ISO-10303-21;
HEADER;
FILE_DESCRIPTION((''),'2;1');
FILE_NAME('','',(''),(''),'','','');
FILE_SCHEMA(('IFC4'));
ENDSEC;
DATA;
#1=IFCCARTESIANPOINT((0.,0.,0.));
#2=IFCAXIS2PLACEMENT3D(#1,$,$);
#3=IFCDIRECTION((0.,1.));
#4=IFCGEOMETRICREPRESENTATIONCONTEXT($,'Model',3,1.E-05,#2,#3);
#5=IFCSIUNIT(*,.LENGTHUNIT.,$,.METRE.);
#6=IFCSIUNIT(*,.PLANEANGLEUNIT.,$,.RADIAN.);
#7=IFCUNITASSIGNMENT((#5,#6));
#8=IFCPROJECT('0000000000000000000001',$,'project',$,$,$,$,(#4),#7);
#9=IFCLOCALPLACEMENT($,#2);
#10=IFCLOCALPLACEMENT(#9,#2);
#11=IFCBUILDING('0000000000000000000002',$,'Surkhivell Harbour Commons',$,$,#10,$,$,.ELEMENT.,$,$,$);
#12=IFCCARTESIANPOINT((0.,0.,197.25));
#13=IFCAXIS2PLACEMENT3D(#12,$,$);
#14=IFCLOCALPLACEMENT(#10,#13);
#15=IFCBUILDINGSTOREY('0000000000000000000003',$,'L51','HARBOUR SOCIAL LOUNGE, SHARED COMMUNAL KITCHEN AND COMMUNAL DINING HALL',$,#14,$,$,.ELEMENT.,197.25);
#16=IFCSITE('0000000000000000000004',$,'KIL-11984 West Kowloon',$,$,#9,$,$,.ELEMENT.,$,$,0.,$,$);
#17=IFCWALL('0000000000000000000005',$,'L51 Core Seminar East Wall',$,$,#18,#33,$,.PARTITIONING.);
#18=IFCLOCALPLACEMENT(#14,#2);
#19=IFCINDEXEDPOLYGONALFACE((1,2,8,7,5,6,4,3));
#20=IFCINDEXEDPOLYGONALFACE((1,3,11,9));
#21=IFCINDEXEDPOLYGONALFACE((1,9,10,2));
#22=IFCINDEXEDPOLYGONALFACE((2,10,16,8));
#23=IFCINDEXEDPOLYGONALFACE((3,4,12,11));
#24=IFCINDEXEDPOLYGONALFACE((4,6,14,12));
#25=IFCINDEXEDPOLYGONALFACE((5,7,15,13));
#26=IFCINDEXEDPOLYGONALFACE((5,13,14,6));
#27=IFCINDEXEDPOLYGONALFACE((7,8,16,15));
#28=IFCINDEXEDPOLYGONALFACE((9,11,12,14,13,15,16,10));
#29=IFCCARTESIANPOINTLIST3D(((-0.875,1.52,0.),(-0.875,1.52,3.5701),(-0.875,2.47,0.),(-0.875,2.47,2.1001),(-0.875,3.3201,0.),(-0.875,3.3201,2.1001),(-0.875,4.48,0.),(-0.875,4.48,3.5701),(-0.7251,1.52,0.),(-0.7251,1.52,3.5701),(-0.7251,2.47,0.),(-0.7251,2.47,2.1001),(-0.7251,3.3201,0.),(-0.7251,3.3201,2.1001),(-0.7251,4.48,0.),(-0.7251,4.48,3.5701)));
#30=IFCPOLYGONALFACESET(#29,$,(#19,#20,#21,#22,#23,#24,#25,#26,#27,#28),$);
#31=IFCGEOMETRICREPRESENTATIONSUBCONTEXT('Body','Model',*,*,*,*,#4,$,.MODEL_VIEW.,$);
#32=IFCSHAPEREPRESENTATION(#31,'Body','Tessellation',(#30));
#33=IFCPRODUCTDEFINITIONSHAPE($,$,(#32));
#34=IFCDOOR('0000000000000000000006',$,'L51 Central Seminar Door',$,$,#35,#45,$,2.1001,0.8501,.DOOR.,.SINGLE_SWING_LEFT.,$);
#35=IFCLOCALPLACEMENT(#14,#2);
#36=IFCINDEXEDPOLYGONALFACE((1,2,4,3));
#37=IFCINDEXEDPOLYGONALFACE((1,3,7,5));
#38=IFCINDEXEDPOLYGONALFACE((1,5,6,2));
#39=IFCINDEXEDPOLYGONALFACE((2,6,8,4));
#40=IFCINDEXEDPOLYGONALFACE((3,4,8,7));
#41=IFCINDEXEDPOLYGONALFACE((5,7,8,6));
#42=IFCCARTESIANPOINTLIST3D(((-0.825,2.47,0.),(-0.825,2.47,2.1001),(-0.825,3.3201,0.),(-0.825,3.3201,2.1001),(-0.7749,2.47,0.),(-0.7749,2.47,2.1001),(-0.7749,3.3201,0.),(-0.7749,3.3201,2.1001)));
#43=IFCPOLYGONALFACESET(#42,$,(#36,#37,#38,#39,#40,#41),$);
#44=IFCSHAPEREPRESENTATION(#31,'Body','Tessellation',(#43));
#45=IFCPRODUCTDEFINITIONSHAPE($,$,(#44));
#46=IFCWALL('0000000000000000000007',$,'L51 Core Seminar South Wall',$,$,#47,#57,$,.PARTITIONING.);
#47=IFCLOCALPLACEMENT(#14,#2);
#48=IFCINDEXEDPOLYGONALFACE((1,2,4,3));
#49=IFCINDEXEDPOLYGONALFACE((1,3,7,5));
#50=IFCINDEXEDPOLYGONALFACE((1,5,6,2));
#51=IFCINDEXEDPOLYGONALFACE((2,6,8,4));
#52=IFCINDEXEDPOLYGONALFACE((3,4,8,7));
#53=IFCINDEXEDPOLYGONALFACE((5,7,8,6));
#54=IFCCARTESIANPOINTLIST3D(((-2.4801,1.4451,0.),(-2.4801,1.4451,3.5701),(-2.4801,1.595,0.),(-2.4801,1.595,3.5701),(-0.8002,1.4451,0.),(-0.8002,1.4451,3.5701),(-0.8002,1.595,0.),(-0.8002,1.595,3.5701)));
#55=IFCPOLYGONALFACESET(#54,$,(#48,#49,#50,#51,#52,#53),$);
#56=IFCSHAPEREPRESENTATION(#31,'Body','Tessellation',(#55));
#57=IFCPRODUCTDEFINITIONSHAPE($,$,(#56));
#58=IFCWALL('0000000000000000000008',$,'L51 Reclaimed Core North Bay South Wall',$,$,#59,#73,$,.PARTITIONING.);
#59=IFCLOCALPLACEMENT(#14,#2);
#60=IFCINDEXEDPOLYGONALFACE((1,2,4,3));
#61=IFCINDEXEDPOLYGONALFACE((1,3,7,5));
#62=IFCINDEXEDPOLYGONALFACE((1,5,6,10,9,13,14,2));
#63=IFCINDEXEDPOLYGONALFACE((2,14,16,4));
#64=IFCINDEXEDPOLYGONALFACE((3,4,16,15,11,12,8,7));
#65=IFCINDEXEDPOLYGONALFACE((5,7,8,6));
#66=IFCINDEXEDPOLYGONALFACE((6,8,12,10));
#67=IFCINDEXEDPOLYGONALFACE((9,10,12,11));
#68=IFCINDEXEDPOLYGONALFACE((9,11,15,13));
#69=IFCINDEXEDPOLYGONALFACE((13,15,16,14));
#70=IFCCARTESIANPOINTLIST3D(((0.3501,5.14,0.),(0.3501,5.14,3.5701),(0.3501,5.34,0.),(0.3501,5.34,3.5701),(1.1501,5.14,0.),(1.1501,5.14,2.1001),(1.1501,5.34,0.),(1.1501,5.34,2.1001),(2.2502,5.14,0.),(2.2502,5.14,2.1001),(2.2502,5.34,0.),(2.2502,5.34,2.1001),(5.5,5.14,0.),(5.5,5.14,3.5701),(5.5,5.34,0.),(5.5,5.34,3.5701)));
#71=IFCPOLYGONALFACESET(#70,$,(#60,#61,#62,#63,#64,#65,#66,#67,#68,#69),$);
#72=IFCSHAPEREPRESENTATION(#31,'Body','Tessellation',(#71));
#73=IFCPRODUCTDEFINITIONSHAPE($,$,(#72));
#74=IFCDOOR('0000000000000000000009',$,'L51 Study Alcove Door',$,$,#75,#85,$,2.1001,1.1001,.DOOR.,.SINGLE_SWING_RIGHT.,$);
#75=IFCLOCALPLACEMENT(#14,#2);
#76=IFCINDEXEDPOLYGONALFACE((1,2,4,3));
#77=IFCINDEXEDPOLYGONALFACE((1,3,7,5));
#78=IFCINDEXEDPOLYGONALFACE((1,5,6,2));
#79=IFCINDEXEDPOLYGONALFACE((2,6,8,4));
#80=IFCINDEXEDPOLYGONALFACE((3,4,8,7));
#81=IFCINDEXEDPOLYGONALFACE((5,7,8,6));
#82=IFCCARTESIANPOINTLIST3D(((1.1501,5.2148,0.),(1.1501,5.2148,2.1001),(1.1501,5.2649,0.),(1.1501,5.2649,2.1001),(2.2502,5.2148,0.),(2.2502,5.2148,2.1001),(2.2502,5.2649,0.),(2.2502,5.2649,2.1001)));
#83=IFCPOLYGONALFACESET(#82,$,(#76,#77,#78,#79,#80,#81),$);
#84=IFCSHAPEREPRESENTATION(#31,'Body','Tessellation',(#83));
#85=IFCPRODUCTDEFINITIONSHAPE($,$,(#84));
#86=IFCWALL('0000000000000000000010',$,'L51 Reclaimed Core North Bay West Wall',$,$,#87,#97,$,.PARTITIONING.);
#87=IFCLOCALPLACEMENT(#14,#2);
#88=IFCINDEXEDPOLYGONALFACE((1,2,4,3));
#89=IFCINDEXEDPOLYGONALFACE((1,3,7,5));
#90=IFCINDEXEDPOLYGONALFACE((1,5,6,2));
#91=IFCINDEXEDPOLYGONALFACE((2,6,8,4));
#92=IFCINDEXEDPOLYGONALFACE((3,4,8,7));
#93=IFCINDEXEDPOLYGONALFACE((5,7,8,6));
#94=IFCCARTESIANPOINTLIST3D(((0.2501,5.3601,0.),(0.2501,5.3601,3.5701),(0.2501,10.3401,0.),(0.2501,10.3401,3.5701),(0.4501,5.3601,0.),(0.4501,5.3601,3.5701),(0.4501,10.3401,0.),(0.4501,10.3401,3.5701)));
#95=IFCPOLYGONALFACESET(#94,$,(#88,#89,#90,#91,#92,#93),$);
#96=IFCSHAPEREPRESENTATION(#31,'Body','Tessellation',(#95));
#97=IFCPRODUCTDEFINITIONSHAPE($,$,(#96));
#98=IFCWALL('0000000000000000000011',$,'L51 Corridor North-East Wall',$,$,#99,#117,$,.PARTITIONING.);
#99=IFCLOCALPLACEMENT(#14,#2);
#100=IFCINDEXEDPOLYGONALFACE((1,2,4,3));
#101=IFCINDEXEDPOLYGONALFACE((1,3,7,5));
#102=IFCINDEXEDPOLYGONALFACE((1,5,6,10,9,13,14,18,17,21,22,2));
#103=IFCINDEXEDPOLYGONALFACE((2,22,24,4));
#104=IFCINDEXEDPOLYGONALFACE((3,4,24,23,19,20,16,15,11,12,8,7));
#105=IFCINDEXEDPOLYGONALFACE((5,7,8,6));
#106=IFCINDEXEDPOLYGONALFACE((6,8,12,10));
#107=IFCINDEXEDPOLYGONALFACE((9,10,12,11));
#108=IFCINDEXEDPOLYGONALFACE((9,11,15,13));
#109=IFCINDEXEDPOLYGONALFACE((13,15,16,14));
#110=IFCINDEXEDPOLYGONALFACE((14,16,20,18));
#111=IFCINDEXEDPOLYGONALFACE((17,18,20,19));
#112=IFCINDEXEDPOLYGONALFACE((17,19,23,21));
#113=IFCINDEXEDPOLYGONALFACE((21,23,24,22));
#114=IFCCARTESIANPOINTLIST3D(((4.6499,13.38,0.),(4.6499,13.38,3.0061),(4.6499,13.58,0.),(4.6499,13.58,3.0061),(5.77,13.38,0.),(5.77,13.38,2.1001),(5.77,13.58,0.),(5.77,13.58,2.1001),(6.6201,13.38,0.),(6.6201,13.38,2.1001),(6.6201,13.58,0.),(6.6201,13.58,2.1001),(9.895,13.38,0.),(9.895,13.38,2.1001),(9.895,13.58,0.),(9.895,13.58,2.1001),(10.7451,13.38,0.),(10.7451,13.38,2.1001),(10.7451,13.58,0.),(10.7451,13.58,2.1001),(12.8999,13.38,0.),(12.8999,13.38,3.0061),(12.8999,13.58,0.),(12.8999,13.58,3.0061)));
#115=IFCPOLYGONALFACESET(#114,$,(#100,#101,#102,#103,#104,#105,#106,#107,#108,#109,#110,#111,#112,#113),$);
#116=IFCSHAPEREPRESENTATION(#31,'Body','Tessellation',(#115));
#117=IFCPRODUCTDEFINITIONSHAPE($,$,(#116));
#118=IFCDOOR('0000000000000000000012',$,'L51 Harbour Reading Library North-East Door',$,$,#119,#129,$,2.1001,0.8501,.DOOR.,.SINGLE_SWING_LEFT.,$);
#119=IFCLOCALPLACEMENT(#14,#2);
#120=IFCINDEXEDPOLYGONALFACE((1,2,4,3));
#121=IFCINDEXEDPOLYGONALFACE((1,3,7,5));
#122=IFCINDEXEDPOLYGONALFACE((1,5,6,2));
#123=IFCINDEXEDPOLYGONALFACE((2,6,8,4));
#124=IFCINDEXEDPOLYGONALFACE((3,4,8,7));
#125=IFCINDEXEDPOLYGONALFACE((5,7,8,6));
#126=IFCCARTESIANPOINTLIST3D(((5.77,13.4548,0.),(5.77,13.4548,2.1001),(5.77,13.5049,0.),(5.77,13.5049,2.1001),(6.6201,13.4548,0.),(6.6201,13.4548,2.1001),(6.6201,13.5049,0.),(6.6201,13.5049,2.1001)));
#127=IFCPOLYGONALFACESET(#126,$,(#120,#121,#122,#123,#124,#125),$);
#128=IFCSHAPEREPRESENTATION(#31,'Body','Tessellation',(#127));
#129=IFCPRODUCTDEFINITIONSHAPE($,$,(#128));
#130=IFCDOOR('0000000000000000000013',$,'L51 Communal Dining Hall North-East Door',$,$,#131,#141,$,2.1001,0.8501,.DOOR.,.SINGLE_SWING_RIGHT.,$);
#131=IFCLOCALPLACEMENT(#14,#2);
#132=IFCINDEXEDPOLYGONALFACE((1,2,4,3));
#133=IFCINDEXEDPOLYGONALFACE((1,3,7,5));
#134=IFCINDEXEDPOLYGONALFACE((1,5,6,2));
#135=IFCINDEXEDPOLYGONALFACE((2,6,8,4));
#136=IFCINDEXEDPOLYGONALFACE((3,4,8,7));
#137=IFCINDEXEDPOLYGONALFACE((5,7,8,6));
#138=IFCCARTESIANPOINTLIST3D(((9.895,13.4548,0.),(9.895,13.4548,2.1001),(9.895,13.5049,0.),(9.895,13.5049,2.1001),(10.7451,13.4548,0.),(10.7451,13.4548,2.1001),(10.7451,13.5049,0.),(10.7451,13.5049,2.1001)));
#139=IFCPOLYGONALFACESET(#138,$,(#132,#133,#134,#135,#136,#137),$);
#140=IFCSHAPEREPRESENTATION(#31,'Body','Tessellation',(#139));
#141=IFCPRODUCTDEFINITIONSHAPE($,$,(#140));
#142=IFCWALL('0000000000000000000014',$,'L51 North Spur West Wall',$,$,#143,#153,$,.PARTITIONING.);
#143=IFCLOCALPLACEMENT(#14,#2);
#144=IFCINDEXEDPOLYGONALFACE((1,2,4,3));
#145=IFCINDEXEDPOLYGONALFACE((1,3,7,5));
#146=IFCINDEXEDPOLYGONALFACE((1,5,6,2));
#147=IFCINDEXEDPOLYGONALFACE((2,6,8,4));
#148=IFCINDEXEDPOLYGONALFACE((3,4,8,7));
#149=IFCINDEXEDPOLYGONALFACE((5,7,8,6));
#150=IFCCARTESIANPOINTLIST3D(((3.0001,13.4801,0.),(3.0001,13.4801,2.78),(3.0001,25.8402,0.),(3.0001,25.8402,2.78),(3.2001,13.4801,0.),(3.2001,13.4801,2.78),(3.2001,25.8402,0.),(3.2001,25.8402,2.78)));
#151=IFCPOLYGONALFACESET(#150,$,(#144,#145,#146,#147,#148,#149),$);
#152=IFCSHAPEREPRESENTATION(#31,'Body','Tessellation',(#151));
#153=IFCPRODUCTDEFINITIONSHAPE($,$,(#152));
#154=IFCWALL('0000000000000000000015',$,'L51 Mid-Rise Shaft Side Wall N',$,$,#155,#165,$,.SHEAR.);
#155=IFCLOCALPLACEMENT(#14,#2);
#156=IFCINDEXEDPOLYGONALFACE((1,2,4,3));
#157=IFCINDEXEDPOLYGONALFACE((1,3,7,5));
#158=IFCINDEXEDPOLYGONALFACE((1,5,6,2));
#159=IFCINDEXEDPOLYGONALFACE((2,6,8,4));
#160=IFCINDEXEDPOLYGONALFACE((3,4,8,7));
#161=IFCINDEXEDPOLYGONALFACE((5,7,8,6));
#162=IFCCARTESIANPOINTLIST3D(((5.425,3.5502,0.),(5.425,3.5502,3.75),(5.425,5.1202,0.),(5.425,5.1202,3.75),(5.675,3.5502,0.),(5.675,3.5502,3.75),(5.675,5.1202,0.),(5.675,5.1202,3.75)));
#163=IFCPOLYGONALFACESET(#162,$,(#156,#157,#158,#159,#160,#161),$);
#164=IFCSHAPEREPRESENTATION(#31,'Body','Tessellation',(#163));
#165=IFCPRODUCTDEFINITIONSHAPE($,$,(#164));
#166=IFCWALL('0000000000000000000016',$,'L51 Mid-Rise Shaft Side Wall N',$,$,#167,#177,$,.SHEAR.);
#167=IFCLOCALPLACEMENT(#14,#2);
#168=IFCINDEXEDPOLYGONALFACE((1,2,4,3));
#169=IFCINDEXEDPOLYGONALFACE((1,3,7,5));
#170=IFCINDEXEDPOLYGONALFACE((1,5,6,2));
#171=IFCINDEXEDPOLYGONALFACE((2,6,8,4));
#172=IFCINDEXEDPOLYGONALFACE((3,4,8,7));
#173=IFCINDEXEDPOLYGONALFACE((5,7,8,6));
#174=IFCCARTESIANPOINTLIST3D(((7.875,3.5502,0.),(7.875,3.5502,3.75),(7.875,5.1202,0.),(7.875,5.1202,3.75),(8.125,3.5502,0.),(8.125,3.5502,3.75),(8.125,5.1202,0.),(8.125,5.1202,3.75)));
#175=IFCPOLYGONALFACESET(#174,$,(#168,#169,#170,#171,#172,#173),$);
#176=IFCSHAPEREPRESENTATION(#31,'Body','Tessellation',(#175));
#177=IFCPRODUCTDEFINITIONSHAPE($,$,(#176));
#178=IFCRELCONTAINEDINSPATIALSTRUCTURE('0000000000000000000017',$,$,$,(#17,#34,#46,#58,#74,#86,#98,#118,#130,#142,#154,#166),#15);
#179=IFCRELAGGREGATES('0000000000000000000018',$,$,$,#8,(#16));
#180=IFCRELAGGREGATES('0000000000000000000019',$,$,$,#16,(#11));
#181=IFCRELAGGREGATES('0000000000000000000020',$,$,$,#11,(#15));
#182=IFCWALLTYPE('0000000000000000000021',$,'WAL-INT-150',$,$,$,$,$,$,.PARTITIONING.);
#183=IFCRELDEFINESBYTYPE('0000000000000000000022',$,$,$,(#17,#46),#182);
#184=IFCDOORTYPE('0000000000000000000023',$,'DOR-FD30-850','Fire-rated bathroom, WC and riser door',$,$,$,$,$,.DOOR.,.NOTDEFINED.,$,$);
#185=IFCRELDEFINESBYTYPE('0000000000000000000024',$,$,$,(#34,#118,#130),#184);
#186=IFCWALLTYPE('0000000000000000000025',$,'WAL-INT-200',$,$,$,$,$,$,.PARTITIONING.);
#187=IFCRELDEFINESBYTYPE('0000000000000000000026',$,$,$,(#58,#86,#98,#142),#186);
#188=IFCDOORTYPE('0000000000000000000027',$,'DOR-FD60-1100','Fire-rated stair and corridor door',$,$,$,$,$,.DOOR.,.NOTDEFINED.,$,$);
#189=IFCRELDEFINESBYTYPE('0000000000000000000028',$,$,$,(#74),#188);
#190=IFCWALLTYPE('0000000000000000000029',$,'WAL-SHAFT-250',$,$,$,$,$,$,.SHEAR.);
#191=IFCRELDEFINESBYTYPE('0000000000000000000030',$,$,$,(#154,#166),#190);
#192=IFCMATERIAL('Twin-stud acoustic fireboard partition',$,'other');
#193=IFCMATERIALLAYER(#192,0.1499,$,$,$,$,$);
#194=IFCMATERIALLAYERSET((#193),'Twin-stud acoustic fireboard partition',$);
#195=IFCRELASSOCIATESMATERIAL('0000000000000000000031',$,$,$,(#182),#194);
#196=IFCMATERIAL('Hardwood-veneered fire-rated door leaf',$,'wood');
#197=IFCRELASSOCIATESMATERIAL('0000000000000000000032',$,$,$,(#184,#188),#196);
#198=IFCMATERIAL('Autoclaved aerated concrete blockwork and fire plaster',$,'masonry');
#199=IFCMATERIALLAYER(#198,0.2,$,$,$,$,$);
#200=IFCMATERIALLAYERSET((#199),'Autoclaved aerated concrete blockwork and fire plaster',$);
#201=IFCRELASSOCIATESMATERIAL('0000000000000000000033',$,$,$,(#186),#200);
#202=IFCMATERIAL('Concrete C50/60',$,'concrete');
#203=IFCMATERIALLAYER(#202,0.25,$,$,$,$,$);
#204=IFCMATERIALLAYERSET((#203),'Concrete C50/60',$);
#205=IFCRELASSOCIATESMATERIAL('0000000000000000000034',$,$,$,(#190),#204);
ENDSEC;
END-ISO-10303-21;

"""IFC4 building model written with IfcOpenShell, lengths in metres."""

from ifc_helpers import new_model, si_unit, direction, frame, frame_2d, origin, place, context, subcontext, project, spatial, rectangle, extrude, material, layer, layer_set, type_object, element, fill, save


model = new_model("IFC4")

# Units and contexts
model_context = context("Model", 3, precision=1e-05, world=origin(), true_north=direction((0.0, 1.0)))
body_context = subcontext(model_context, "Body", "Model", "MODEL_VIEW")
ifc_project = project(units=[si_unit("LENGTHUNIT", "METRE"), si_unit("PLANEANGLEUNIT", "RADIAN")], contexts=[model_context])

# Site, building, storey
site_placement = place(None, origin())
site = spatial("IfcSite", under=ifc_project, at=site_placement, Name="KIL-11984 West Kowloon", CompositionType="ELEMENT", RefElevation=0.0)
building_placement = place(site_placement, origin())
building = spatial("IfcBuilding", under=site, at=building_placement, Name="Surkhivell Harbour Commons", CompositionType="ELEMENT")
storey_placement = place(building_placement, frame((0.0, 0.0, 197.25)))
storey = spatial("IfcBuildingStorey", under=building, at=storey_placement, Name="L51", Description="HARBOUR SOCIAL LOUNGE, SHARED COMMUNAL KITCHEN AND COMMUNAL DINING HALL", CompositionType="ELEMENT", Elevation=197.25)

# Shared definitions
ifc_material_1 = material(Name="Twin-stud acoustic fireboard partition", Category="other")
ifc_layer_1 = layer(ifc_material_1, 0.1499)
ifc_layer_set_1 = layer_set([ifc_layer_1], Name="Twin-stud acoustic fireboard partition")
wall_type_1 = type_object("IfcWallType", Name="WAL-INT-150", PredefinedType="PARTITIONING", material=ifc_layer_set_1)

# Wall, opening, door
ifc_material_2 = material(Name="Hardwood-veneered fire-rated door leaf", Category="wood")
door_type_1 = type_object("IfcDoorType", Name="DOR-FD30-850", Description="Fire-rated bathroom, WC and riser door", OperationType="NOTDEFINED", PredefinedType="DOOR", material=ifc_material_2)
wall_1_placement = place(storey_placement, frame((-0.8, 1.52, 0.0), z_axis=(0.0, 0.0, 1.0), x_axis=(0.0, 1.0, 0.0)))
wall_1 = element("IfcWall", 1, at=wall_1_placement, inside=storey, type_object=wall_type_1, Name="L51 Core Seminar East Wall", PredefinedType="PARTITIONING", context=body_context, shape_type="SweptSolid", body=[
    extrude(rectangle(XDim=2.96, YDim=0.1499, at=frame_2d((1.48, 0.0))), origin(), (0.0, 0.0, 1.0), 3.5701),
])
opening_1_placement = place(wall_1_placement, frame((0.95, 0.0, 0.0)))
opening_1 = element("IfcOpeningElement", 2, at=opening_1_placement, cuts=wall_1, PredefinedType="OPENING", context=body_context, shape_type="SweptSolid", body=[
    extrude(rectangle(XDim=0.8501, YDim=2.1001, at=frame_2d((0.425, 1.05))), frame((0.0, 0.085, 0.0), z_axis=(0.0, -1.0, 0.0), x_axis=(1.0, 0.0, 0.0)), (0.0, 0.0, 1.0), 0.1699),
])
door_1_placement = place(opening_1_placement, origin())
door_1 = element("IfcDoor", 3, at=door_1_placement, inside=storey, type_object=door_type_1, Name="L51 Central Seminar Door", OperationType="SINGLE_SWING_LEFT", OverallHeight=2.1001, OverallWidth=0.8501, PredefinedType="DOOR", context=body_context, shape_type="SweptSolid", body=[
    extrude(rectangle(XDim=0.8501, YDim=2.1001, at=frame_2d((0.425, 1.05))), frame((0.0, 0.0249, 0.0), z_axis=(0.0, -1.0, 0.0), x_axis=(1.0, 0.0, 0.0)), (0.0, 0.0, 1.0), 0.05),
])
fill(opening_1, door_1)

# Wall
wall_2_placement = place(storey_placement, frame((-2.48, 1.52, 0.0), z_axis=(0.0, 0.0, 1.0), x_axis=(1.0, 0.0, 0.0)))
element("IfcWall", 4, at=wall_2_placement, inside=storey, type_object=wall_type_1, Name="L51 Core Seminar South Wall", PredefinedType="PARTITIONING", context=body_context, shape_type="SweptSolid", body=[
    extrude(rectangle(XDim=1.6799, YDim=0.1499, at=frame_2d((0.8398, 0.0))), origin(), (0.0, 0.0, 1.0), 3.5701),
])

# Wall, opening, door
ifc_material_3 = material(Name="Autoclaved aerated concrete blockwork and fire plaster", Category="masonry")
ifc_layer_2 = layer(ifc_material_3, 0.2)
ifc_layer_set_2 = layer_set([ifc_layer_2], Name="Autoclaved aerated concrete blockwork and fire plaster")
wall_type_2 = type_object("IfcWallType", Name="WAL-INT-200", PredefinedType="PARTITIONING", material=ifc_layer_set_2)
wall_3_placement = place(storey_placement, frame((0.3501, 5.24, 0.0), z_axis=(0.0, 0.0, 1.0), x_axis=(1.0, 0.0, 0.0)))
wall_3 = element("IfcWall", 5, at=wall_3_placement, inside=storey, type_object=wall_type_2, Name="L51 Reclaimed Core North Bay South Wall", PredefinedType="PARTITIONING", context=body_context, shape_type="SweptSolid", body=[
    extrude(rectangle(XDim=5.1499, YDim=0.2, at=frame_2d((2.575, 0.0))), origin(), (0.0, 0.0, 1.0), 3.5701),
])
opening_2_placement = place(wall_3_placement, frame((0.8, 0.0, 0.0)))
opening_2 = element("IfcOpeningElement", 6, at=opening_2_placement, cuts=wall_3, PredefinedType="OPENING", context=body_context, shape_type="SweptSolid", body=[
    extrude(rectangle(XDim=1.1001, YDim=2.1001, at=frame_2d((0.55, 1.05))), frame((0.0, 0.1099, 0.0), z_axis=(0.0, -1.0, 0.0), x_axis=(1.0, 0.0, 0.0)), (0.0, 0.0, 1.0), 0.22),
])
door_type_2 = type_object("IfcDoorType", Name="DOR-FD60-1100", Description="Fire-rated stair and corridor door", OperationType="NOTDEFINED", PredefinedType="DOOR", material=ifc_material_2)
door_2_placement = place(opening_2_placement, origin())
door_2 = element("IfcDoor", 7, at=door_2_placement, inside=storey, type_object=door_type_2, Name="L51 Study Alcove Door", OperationType="SINGLE_SWING_RIGHT", OverallHeight=2.1001, OverallWidth=1.1001, PredefinedType="DOOR", context=body_context, shape_type="SweptSolid", body=[
    extrude(rectangle(XDim=1.1001, YDim=2.1001, at=frame_2d((0.55, 1.05))), frame((0.0, 0.0249, 0.0), z_axis=(0.0, -1.0, 0.0), x_axis=(1.0, 0.0, 0.0)), (0.0, 0.0, 1.0), 0.05),
])
fill(opening_2, door_2)

# Wall
wall_4_placement = place(storey_placement, frame((0.3501, 5.3601, 0.0), z_axis=(0.0, 0.0, 1.0), x_axis=(0.0, 1.0, 0.0)))
element("IfcWall", 8, at=wall_4_placement, inside=storey, type_object=wall_type_2, Name="L51 Reclaimed Core North Bay West Wall", PredefinedType="PARTITIONING", context=body_context, shape_type="SweptSolid", body=[
    extrude(rectangle(XDim=4.98, YDim=0.2, at=frame_2d((2.49, 0.0))), origin(), (0.0, 0.0, 1.0), 3.5701),
])

# Wall, openings, doors
wall_5_placement = place(storey_placement, frame((4.6499, 13.48, 0.0), z_axis=(0.0, 0.0, 1.0), x_axis=(1.0, 0.0, 0.0)))
wall_5 = element("IfcWall", 9, at=wall_5_placement, inside=storey, type_object=wall_type_2, Name="L51 Corridor North-East Wall", PredefinedType="PARTITIONING", context=body_context, shape_type="SweptSolid", body=[
    extrude(rectangle(XDim=8.25, YDim=0.2, at=frame_2d((4.125, 0.0))), origin(), (0.0, 0.0, 1.0), 3.0061),
])
opening_3_placement = place(wall_5_placement, frame((1.1201, 0.0, 0.0)))
opening_3 = element("IfcOpeningElement", 10, at=opening_3_placement, cuts=wall_5, PredefinedType="OPENING", context=body_context, shape_type="SweptSolid", body=[
    extrude(rectangle(XDim=0.8501, YDim=2.1001, at=frame_2d((0.425, 1.05))), frame((0.0, 0.1099, 0.0), z_axis=(0.0, -1.0, 0.0), x_axis=(1.0, 0.0, 0.0)), (0.0, 0.0, 1.0), 0.22),
])
opening_4_placement = place(wall_5_placement, frame((5.2451, 0.0, 0.0)))
opening_4 = element("IfcOpeningElement", 11, at=opening_4_placement, cuts=wall_5, PredefinedType="OPENING", context=body_context, shape_type="SweptSolid", body=[
    extrude(rectangle(XDim=0.8501, YDim=2.1001, at=frame_2d((0.425, 1.05))), frame((0.0, 0.1099, 0.0), z_axis=(0.0, -1.0, 0.0), x_axis=(1.0, 0.0, 0.0)), (0.0, 0.0, 1.0), 0.22),
])
door_3_placement = place(opening_3_placement, origin())
door_3 = element("IfcDoor", 12, at=door_3_placement, inside=storey, type_object=door_type_1, Name="L51 Harbour Reading Library North-East Door", OperationType="SINGLE_SWING_LEFT", OverallHeight=2.1001, OverallWidth=0.8501, PredefinedType="DOOR", context=body_context, shape_type="SweptSolid", body=[
    extrude(rectangle(XDim=0.8501, YDim=2.1001, at=frame_2d((0.425, 1.05))), frame((0.0, 0.0249, 0.0), z_axis=(0.0, -1.0, 0.0), x_axis=(1.0, 0.0, 0.0)), (0.0, 0.0, 1.0), 0.05),
])
fill(opening_3, door_3)
door_4_placement = place(opening_4_placement, origin())
door_4 = element("IfcDoor", 13, at=door_4_placement, inside=storey, type_object=door_type_1, Name="L51 Communal Dining Hall North-East Door", OperationType="SINGLE_SWING_RIGHT", OverallHeight=2.1001, OverallWidth=0.8501, PredefinedType="DOOR", context=body_context, shape_type="SweptSolid", body=[
    extrude(rectangle(XDim=0.8501, YDim=2.1001, at=frame_2d((0.425, 1.05))), frame((0.0, 0.0249, 0.0), z_axis=(0.0, -1.0, 0.0), x_axis=(1.0, 0.0, 0.0)), (0.0, 0.0, 1.0), 0.05),
])
fill(opening_4, door_4)

# Walls
wall_6_placement = place(storey_placement, frame((3.1001, 13.48, 0.0), z_axis=(0.0, 0.0, 1.0), x_axis=(0.0, 1.0, 0.0)))
element("IfcWall", 14, at=wall_6_placement, inside=storey, type_object=wall_type_2, Name="L51 North Spur West Wall", PredefinedType="PARTITIONING", context=body_context, shape_type="SweptSolid", body=[
    extrude(rectangle(XDim=12.3601, YDim=0.2, at=frame_2d((6.1802, 0.0))), origin(), (0.0, 0.0, 1.0), 2.78),
])
ifc_material_4 = material(Name="Concrete C50/60", Category="concrete")
ifc_layer_3 = layer(ifc_material_4, 0.25)
ifc_layer_set_3 = layer_set([ifc_layer_3], Name="Concrete C50/60")
wall_type_3 = type_object("IfcWallType", Name="WAL-SHAFT-250", PredefinedType="SHEAR", material=ifc_layer_set_3)
for number, where, z_axis, x_axis, name in (
    (15, (5.55, 3.55, 0.0), (0.0, 0.0, 1.0), (0.0, 1.0, 0.0), "L51 Mid-Rise Shaft Side Wall N"),
    (16, (8.0, 3.55, 0.0), (0.0, 0.0, 1.0), (0.0, 1.0, 0.0), "L51 Mid-Rise Shaft Side Wall N"),
):
    element("IfcWall", number, at=place(storey_placement, frame(where, z_axis=z_axis, x_axis=x_axis)), inside=storey, type_object=wall_type_3, Name=name, PredefinedType="SHEAR", context=body_context, shape_type="SweptSolid", body=[
        extrude(rectangle(XDim=1.5701, YDim=0.25, at=frame_2d((0.7852, 0.0))), origin(), (0.0, 0.0, 1.0), 3.75),
    ])

save(model, "model.ifc")
